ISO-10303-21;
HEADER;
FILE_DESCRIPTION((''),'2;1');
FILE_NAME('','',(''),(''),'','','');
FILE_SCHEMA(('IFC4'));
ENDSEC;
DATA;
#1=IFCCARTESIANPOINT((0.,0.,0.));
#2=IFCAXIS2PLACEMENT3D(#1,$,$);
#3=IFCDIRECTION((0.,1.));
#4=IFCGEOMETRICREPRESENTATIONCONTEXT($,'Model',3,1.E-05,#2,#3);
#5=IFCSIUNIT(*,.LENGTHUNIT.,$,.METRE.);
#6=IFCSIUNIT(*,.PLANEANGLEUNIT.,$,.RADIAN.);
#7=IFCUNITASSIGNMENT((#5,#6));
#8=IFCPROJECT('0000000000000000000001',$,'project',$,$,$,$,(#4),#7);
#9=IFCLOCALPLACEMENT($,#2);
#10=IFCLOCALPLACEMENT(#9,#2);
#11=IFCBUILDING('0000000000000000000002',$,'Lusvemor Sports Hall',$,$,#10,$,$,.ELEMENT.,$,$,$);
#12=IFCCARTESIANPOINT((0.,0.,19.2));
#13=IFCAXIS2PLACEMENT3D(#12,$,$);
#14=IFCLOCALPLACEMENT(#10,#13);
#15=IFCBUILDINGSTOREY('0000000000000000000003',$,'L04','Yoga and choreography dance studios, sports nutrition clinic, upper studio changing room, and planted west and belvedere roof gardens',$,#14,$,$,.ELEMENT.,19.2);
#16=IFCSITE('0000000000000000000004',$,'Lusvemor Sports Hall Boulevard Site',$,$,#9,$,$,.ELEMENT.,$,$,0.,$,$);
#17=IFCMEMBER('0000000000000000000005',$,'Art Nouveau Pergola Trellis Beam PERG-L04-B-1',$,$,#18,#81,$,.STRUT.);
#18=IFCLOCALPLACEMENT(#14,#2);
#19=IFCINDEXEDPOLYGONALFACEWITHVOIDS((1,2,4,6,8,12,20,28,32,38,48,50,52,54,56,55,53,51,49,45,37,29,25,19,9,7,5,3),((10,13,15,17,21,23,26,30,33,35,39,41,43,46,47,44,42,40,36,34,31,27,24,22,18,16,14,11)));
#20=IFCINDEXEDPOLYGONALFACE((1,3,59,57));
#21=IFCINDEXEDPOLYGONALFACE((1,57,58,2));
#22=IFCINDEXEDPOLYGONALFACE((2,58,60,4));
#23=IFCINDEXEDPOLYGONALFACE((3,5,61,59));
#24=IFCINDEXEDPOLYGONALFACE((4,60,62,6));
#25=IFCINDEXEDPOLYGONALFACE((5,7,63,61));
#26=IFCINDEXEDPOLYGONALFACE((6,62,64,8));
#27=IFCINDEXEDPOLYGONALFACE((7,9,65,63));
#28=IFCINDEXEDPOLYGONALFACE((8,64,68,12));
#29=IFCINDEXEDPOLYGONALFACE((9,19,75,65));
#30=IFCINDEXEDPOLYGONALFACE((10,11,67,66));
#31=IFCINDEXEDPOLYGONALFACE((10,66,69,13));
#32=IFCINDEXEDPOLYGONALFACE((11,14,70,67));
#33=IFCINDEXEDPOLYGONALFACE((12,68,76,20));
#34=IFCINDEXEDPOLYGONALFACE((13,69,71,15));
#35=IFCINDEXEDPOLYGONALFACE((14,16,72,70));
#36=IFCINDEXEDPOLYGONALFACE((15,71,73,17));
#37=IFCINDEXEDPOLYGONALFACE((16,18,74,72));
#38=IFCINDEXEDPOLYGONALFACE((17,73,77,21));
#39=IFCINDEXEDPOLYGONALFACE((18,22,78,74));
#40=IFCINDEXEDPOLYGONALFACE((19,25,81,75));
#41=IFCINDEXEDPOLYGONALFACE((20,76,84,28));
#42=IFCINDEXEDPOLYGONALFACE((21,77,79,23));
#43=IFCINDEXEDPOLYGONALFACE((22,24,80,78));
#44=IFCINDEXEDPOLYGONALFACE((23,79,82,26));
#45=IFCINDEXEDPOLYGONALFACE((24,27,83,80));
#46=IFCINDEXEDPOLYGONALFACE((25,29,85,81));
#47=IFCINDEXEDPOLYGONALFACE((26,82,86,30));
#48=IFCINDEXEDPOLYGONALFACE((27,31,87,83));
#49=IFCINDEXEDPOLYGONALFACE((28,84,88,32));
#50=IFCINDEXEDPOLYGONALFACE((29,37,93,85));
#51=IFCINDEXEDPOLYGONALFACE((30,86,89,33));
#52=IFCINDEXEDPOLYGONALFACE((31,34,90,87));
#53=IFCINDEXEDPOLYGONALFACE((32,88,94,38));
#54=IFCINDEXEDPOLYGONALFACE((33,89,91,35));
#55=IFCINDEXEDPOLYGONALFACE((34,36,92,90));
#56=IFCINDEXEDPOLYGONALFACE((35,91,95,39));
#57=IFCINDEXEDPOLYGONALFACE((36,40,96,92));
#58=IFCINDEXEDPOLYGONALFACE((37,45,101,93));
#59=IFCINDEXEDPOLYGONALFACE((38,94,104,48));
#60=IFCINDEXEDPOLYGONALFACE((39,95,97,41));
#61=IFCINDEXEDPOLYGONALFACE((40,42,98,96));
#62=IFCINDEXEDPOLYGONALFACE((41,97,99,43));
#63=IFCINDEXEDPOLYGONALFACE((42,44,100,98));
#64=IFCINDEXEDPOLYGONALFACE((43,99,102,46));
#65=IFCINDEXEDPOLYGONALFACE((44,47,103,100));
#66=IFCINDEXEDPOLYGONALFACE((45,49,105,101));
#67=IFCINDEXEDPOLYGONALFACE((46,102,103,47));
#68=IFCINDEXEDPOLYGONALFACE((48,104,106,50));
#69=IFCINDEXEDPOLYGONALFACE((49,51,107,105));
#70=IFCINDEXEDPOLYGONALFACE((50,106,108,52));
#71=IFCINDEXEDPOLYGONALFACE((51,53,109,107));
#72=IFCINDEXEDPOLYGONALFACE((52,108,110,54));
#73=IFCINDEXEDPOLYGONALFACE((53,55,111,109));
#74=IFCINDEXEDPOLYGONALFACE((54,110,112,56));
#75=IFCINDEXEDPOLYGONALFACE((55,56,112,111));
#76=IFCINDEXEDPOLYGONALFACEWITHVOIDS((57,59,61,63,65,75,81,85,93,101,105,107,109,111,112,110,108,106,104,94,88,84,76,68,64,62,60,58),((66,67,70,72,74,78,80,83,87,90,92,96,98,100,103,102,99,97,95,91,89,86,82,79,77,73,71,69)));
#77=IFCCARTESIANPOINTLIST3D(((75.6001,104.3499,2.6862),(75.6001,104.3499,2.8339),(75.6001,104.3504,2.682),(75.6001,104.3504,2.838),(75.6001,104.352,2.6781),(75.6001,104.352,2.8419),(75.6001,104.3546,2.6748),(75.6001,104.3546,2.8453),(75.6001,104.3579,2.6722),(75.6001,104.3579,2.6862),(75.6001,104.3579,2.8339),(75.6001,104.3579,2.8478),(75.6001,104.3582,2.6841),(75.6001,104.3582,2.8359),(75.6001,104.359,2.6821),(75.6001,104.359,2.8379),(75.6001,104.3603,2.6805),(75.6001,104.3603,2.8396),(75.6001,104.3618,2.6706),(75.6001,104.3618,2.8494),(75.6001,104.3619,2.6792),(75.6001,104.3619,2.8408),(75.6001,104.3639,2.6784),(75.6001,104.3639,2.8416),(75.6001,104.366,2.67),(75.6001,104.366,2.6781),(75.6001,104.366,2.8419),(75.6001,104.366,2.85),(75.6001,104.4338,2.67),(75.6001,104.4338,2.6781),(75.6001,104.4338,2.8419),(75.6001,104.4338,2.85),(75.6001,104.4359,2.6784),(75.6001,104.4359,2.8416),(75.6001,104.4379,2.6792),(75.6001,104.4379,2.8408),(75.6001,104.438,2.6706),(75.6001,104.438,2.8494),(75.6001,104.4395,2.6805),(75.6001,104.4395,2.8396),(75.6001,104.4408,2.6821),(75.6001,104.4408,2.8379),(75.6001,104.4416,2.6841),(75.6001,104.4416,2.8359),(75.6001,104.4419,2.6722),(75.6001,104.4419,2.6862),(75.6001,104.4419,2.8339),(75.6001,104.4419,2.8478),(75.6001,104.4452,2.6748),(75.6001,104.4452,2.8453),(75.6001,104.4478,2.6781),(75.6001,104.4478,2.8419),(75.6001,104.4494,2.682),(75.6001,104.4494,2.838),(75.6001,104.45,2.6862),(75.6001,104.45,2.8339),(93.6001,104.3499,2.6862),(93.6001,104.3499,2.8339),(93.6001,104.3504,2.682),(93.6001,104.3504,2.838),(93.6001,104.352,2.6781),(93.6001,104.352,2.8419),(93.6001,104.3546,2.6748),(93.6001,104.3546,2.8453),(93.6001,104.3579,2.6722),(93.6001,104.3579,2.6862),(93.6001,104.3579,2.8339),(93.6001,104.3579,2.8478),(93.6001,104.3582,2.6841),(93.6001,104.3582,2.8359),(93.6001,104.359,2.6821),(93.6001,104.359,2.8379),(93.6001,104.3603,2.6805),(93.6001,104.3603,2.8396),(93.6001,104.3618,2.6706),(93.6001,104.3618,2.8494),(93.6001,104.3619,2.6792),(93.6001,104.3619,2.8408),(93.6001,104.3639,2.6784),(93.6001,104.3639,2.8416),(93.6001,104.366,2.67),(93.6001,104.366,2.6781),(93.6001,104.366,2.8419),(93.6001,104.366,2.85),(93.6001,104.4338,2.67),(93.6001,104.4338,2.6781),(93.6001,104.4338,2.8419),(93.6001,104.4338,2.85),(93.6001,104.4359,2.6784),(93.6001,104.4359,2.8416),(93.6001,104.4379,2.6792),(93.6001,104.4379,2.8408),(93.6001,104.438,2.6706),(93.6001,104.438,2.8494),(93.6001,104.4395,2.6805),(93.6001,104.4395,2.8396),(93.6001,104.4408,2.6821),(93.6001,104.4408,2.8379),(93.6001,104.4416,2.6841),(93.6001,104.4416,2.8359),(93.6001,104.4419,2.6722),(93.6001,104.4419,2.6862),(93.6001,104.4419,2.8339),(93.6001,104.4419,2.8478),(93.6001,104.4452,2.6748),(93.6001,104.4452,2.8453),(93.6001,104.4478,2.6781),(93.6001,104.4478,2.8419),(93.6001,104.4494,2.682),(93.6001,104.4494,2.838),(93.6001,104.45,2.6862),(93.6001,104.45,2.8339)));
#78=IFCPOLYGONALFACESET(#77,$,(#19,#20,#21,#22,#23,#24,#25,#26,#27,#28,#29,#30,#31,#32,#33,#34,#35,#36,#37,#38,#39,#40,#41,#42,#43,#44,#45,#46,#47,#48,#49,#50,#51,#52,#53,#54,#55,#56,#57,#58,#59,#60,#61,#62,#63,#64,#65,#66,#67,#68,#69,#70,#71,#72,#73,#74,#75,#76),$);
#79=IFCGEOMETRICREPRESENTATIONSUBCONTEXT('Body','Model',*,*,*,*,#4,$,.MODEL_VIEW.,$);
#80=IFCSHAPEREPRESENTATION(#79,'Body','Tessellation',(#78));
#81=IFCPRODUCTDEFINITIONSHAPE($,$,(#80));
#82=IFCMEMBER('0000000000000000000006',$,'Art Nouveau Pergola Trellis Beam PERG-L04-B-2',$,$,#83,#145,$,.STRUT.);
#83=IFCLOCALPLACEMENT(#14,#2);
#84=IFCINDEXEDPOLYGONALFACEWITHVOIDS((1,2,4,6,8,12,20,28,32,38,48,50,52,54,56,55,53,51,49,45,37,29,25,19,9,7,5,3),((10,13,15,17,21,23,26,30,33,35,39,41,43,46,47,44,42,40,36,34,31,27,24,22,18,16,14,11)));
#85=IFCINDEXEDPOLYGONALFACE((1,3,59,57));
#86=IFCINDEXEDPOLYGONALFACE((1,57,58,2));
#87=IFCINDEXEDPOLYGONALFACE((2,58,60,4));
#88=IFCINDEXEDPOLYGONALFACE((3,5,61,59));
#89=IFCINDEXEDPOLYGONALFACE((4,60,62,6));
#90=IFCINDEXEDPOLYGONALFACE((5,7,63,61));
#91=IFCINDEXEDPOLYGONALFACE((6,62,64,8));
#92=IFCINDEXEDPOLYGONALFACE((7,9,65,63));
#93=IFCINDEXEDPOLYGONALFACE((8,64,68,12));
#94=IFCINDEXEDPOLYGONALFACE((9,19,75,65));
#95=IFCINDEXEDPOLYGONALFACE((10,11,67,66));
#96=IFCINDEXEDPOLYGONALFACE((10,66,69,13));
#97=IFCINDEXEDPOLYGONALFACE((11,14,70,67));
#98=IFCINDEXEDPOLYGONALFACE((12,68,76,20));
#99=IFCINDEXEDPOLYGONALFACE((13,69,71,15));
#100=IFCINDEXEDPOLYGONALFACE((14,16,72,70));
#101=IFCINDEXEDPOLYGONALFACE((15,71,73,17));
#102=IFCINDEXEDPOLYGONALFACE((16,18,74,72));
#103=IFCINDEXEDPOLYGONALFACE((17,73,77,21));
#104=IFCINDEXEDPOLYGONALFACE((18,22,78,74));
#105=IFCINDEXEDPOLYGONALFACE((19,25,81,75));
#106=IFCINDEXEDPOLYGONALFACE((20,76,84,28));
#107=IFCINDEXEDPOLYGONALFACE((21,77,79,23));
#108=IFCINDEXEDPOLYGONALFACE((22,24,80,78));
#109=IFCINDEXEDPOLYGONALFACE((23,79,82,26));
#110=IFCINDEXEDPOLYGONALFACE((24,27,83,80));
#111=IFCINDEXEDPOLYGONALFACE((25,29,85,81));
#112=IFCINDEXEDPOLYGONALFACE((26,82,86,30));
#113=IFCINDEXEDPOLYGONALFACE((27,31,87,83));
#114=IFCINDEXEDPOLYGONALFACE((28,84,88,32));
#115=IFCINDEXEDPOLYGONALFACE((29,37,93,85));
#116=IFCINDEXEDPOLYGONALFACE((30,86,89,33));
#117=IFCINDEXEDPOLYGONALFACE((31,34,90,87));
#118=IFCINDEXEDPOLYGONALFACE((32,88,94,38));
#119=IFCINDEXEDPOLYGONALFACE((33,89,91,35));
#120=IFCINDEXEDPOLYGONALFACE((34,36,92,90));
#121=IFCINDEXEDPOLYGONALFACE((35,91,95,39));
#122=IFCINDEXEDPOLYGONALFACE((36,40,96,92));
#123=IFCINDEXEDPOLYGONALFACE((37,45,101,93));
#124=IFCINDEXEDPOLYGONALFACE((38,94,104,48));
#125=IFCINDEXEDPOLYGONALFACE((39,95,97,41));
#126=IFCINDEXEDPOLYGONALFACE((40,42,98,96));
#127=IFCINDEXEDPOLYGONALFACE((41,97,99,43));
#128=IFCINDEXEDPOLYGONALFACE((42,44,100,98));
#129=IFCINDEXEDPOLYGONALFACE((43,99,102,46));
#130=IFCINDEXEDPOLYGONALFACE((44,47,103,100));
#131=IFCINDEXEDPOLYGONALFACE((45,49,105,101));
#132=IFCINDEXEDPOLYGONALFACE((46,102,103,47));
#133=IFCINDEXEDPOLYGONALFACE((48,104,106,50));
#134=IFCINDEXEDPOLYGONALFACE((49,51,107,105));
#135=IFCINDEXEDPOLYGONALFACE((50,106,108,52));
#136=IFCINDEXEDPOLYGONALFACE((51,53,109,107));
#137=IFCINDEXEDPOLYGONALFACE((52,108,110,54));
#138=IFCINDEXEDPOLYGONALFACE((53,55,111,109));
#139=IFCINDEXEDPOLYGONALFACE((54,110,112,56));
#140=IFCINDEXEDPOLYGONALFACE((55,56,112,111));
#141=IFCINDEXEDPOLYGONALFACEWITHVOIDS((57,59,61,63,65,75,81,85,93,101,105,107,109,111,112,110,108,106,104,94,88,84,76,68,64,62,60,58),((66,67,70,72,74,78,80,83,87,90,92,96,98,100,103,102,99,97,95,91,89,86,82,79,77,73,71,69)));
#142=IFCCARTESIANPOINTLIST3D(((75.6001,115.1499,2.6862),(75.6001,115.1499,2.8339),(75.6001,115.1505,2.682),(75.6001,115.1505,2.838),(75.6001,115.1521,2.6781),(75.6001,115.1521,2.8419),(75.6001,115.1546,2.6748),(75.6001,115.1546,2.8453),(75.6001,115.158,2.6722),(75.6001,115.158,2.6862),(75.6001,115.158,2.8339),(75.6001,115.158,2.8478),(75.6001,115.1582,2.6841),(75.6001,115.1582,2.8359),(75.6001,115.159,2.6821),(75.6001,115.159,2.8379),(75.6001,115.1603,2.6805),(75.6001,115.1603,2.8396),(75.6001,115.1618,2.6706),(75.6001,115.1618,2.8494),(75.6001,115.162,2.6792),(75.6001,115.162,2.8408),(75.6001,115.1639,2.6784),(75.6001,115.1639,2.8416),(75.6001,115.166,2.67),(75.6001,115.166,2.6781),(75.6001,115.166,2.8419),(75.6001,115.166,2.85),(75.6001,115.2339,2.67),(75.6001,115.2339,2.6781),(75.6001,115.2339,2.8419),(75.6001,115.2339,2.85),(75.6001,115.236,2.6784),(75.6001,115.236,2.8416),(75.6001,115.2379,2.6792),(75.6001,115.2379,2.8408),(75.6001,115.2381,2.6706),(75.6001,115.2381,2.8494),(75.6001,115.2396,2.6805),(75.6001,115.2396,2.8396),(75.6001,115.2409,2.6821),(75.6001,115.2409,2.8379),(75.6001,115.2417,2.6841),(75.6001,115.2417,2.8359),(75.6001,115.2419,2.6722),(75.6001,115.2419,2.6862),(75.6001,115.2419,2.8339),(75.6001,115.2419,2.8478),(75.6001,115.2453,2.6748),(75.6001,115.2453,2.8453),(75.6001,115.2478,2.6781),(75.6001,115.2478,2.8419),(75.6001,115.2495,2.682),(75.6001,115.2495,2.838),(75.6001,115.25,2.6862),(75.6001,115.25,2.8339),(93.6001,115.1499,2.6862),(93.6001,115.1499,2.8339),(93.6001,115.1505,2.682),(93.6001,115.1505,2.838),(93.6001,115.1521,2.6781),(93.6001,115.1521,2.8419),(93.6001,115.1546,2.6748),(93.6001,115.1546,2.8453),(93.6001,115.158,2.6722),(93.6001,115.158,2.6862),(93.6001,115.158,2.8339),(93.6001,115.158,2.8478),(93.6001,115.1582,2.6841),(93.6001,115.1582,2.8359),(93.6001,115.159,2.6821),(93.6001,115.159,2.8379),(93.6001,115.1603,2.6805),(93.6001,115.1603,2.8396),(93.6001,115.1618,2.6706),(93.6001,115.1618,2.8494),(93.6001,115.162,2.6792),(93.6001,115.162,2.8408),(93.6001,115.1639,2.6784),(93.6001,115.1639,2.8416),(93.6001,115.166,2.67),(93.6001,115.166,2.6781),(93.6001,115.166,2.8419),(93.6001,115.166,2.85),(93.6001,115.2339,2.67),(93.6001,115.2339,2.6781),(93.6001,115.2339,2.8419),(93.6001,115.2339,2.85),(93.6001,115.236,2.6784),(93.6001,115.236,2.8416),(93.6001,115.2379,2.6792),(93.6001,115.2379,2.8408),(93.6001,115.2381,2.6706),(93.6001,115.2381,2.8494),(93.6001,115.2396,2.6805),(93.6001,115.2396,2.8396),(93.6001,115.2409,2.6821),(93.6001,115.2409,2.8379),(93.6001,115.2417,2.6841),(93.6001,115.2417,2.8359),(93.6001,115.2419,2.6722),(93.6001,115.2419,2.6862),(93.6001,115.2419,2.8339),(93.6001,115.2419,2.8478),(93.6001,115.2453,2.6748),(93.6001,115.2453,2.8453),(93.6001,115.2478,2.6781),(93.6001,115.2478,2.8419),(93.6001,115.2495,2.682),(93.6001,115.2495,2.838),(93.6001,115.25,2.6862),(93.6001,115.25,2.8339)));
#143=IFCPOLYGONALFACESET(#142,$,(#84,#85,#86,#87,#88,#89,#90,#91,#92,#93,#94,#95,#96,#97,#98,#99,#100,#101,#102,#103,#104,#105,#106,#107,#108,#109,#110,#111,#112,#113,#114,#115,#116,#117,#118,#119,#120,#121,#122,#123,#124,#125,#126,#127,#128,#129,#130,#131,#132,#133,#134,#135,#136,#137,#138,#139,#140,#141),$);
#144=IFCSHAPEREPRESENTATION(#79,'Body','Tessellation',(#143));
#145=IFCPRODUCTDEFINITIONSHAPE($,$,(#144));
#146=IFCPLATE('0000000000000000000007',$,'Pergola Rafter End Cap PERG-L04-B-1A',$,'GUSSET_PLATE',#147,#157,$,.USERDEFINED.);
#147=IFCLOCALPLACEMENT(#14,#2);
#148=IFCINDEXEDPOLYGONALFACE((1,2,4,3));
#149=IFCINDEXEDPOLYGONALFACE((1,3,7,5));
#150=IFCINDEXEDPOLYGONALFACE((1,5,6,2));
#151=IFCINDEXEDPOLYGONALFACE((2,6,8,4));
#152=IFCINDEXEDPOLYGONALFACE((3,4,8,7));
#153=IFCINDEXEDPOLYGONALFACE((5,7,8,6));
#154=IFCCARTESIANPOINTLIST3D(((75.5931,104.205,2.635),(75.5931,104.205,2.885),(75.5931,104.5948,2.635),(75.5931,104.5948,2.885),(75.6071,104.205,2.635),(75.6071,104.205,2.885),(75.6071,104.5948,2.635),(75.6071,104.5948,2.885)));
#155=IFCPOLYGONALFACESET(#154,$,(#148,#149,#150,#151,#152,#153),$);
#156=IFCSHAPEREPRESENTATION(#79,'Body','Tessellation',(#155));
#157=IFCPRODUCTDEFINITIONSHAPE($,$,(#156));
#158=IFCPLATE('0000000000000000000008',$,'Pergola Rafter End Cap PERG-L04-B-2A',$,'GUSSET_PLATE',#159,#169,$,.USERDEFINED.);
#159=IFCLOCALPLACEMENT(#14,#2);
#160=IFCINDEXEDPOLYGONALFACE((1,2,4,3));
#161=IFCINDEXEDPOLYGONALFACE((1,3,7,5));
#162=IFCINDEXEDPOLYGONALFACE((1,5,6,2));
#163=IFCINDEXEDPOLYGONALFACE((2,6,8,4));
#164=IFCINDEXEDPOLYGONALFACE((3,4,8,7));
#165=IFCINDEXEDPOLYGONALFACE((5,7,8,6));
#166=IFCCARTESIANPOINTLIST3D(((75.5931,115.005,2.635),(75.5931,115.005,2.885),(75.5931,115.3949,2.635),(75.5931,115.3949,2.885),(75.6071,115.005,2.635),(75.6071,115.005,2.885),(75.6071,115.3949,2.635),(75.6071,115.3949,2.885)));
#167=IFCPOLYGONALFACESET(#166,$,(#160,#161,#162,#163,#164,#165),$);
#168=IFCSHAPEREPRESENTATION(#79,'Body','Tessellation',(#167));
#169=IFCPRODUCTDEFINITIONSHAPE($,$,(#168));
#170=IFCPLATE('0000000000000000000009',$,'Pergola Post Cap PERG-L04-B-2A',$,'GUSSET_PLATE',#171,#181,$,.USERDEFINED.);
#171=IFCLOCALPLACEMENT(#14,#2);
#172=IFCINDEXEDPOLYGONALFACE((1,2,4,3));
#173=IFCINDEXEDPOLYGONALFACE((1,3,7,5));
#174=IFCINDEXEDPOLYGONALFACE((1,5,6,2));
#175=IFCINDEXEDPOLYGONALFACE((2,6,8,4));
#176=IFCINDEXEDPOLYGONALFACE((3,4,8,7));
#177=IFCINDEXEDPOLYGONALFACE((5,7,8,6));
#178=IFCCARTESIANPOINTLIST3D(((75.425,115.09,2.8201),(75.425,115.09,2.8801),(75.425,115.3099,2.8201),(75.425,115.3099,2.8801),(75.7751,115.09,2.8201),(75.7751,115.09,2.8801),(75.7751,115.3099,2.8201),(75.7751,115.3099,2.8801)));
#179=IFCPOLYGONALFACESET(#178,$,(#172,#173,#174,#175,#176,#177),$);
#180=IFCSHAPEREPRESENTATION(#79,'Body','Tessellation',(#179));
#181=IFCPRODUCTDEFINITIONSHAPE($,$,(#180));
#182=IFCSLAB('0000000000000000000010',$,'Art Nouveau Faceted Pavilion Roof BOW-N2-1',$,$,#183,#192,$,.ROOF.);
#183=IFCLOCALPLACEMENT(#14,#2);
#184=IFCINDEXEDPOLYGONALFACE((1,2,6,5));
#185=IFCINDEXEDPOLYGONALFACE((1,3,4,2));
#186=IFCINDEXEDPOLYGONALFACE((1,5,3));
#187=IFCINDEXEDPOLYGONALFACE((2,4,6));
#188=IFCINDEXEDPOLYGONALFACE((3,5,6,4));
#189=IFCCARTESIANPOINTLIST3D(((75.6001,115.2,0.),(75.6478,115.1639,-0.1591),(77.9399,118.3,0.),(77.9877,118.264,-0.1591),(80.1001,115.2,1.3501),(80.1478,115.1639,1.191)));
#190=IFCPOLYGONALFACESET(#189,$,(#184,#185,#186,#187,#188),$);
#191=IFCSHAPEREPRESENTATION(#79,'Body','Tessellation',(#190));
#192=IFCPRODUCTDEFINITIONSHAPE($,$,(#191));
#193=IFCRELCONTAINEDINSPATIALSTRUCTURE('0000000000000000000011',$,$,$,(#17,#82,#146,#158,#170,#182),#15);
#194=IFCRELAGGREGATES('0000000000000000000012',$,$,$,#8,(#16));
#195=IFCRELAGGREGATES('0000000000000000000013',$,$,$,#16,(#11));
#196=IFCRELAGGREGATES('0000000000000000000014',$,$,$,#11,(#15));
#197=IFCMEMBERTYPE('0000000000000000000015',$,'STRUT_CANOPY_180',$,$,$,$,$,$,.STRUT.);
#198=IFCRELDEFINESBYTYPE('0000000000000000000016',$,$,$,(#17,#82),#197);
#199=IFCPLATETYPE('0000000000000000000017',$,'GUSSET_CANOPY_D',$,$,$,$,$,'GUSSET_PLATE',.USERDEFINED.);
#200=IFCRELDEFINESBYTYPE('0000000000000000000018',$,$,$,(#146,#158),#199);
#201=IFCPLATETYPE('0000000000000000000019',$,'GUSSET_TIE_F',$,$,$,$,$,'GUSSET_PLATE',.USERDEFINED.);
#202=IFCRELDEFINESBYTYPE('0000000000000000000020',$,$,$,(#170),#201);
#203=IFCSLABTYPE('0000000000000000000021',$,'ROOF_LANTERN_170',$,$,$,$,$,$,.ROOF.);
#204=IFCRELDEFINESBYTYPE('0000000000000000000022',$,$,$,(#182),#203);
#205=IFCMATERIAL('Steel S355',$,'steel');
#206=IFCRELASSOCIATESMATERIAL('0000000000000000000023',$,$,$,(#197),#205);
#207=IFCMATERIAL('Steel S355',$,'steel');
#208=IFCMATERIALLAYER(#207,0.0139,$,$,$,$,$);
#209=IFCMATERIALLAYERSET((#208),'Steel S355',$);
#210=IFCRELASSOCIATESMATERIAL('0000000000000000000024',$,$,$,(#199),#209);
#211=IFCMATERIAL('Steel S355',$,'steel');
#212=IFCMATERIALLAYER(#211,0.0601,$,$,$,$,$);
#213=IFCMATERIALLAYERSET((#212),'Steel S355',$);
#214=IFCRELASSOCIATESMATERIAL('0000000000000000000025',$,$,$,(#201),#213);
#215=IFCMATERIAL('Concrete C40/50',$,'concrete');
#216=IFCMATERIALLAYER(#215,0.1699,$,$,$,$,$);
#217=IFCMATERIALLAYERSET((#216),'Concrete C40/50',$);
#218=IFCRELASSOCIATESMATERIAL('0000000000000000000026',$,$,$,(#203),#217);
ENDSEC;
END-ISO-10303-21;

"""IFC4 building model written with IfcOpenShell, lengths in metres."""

from ifc_helpers import new_model, si_unit, direction, frame, origin, origin_2d, place, context, subcontext, project, spatial, polyline, rectangle, hollow_rectangle, outline, extrude, material, layer, layer_set, material_profile, profile_set, type_object, element, save


model = new_model("IFC4")

# Units and contexts
model_context = context("Model", 3, precision=1e-05, world=origin(), true_north=direction((0.0, 1.0)))
body_context = subcontext(model_context, "Body", "Model", "MODEL_VIEW")
ifc_project = project(units=[si_unit("LENGTHUNIT", "METRE"), si_unit("PLANEANGLEUNIT", "RADIAN")], contexts=[model_context])

# Site, building, storey
site_placement = place(None, origin())
site = spatial("IfcSite", under=ifc_project, at=site_placement, Name="Lusvemor Sports Hall Boulevard Site", CompositionType="ELEMENT", RefElevation=0.0)
building_placement = place(site_placement, origin())
building = spatial("IfcBuilding", under=site, at=building_placement, Name="Lusvemor Sports Hall", CompositionType="ELEMENT")
storey_placement = place(building_placement, frame((0.0, 0.0, 19.2)))
storey = spatial("IfcBuildingStorey", under=building, at=storey_placement, Name="L04", Description="Yoga and choreography dance studios, sports nutrition clinic, upper studio changing room, and planted west and belvedere roof gardens", CompositionType="ELEMENT", Elevation=19.2)

# Members
ifc_material_1 = material(Name="Steel S355", Category="steel")
ifc_material_profile_1 = material_profile(ifc_material_1, hollow_rectangle(XDim=0.1001, YDim=0.1799, WallThickness=0.0081, InnerFilletRadius=0.0081, OuterFilletRadius=0.0161, at=origin_2d()), Name="RHS180x100x8")
ifc_profile_set_1 = profile_set([ifc_material_profile_1], Name="Steel S355")
member_type_1 = type_object("IfcMemberType", Name="STRUT_CANOPY_180", PredefinedType="STRUT", material=ifc_profile_set_1)
for number, where, z_axis, x_axis, name in (
    (1, (75.6001, 104.3999, 2.76), (1.0, 0.0, 0.0), (0.0, 1.0, 0.0), "Art Nouveau Pergola Trellis Beam PERG-L04-B-1"),
    (2, (75.6001, 115.2, 2.76), (1.0, 0.0, 0.0), (0.0, 1.0, 0.0), "Art Nouveau Pergola Trellis Beam PERG-L04-B-2"),
):
    element("IfcMember", number, at=place(storey_placement, frame(where, z_axis=z_axis, x_axis=x_axis)), inside=storey, type_object=member_type_1, Name=name, PredefinedType="STRUT", context=body_context, shape_type="SweptSolid", body=[
        extrude(hollow_rectangle(XDim=0.1001, YDim=0.1799, WallThickness=0.0081, InnerFilletRadius=0.0081, OuterFilletRadius=0.0161, at=origin_2d()), origin(), (0.0, 0.0, 1.0), 18.0),
    ])

# Plates
ifc_material_2 = material(Name="Steel S355", Category="steel")
ifc_layer_1 = layer(ifc_material_2, 0.0139)
ifc_layer_set_1 = layer_set([ifc_layer_1], Name="Steel S355")
plate_type_1 = type_object("IfcPlateType", Name="GUSSET_CANOPY_D", ElementType="GUSSET_PLATE", PredefinedType="USERDEFINED", material=ifc_layer_set_1)
for number, where, z_axis, x_axis, name in (
    (3, (75.6001, 104.3999, 2.635), (0.0, 0.0, 1.0), (1.0, 0.0, 0.0), "Pergola Rafter End Cap PERG-L04-B-1A"),
    (4, (75.6001, 115.2, 2.635), (0.0, 0.0, 1.0), (1.0, 0.0, 0.0), "Pergola Rafter End Cap PERG-L04-B-2A"),
):
    element("IfcPlate", number, at=place(storey_placement, frame(where, z_axis=z_axis, x_axis=x_axis)), inside=storey, type_object=plate_type_1, Name=name, ObjectType="GUSSET_PLATE", PredefinedType="USERDEFINED", context=body_context, shape_type="SweptSolid", body=[
        extrude(rectangle(XDim=0.0139, YDim=0.3899, at=origin_2d()), origin(), (0.0, 0.0, 1.0), 0.25),
    ])
ifc_material_3 = material(Name="Steel S355", Category="steel")
ifc_layer_2 = layer(ifc_material_3, 0.0601)
ifc_layer_set_2 = layer_set([ifc_layer_2], Name="Steel S355")
plate_type_2 = type_object("IfcPlateType", Name="GUSSET_TIE_F", ElementType="GUSSET_PLATE", PredefinedType="USERDEFINED", material=ifc_layer_set_2)
plate_placement = place(storey_placement, frame((75.6001, 115.2, 2.8201), z_axis=(0.0, 0.0, 1.0), x_axis=(1.0, 0.0, 0.0)))
element("IfcPlate", 5, at=plate_placement, inside=storey, type_object=plate_type_2, Name="Pergola Post Cap PERG-L04-B-2A", ObjectType="GUSSET_PLATE", PredefinedType="USERDEFINED", context=body_context, shape_type="SweptSolid", body=[
    extrude(rectangle(XDim=0.3501, YDim=0.22, at=origin_2d()), origin(), (0.0, 0.0, 1.0), 0.0601),
])

# Slab
ifc_material_4 = material(Name="Concrete C40/50", Category="concrete")
ifc_layer_3 = layer(ifc_material_4, 0.1699)
ifc_layer_set_3 = layer_set([ifc_layer_3], Name="Concrete C40/50")
slab_type = type_object("IfcSlabType", Name="ROOF_LANTERN_170", PredefinedType="ROOF", material=ifc_layer_set_3)
slab_1_placement = place(storey_placement, frame((75.6001, 115.2, 0.0), z_axis=(-0.280837, 0.211966, 0.936056), x_axis=(0.602431, 0.798171, 0.0)))
element("IfcSlab", 6, at=slab_1_placement, inside=storey, type_object=slab_type, Name="Art Nouveau Faceted Pavilion Roof BOW-N2-1", PredefinedType="ROOF", context=body_context, shape_type="SweptSolid", body=[
    extrude(outline(polyline([(0.0, 0.0), (3.884, 0.0), (2.7109, -3.8371), (0.0, 0.0)])), origin(), (0.0, 0.0, -1.0), 0.1699),
])

save(model, "model.ifc")
